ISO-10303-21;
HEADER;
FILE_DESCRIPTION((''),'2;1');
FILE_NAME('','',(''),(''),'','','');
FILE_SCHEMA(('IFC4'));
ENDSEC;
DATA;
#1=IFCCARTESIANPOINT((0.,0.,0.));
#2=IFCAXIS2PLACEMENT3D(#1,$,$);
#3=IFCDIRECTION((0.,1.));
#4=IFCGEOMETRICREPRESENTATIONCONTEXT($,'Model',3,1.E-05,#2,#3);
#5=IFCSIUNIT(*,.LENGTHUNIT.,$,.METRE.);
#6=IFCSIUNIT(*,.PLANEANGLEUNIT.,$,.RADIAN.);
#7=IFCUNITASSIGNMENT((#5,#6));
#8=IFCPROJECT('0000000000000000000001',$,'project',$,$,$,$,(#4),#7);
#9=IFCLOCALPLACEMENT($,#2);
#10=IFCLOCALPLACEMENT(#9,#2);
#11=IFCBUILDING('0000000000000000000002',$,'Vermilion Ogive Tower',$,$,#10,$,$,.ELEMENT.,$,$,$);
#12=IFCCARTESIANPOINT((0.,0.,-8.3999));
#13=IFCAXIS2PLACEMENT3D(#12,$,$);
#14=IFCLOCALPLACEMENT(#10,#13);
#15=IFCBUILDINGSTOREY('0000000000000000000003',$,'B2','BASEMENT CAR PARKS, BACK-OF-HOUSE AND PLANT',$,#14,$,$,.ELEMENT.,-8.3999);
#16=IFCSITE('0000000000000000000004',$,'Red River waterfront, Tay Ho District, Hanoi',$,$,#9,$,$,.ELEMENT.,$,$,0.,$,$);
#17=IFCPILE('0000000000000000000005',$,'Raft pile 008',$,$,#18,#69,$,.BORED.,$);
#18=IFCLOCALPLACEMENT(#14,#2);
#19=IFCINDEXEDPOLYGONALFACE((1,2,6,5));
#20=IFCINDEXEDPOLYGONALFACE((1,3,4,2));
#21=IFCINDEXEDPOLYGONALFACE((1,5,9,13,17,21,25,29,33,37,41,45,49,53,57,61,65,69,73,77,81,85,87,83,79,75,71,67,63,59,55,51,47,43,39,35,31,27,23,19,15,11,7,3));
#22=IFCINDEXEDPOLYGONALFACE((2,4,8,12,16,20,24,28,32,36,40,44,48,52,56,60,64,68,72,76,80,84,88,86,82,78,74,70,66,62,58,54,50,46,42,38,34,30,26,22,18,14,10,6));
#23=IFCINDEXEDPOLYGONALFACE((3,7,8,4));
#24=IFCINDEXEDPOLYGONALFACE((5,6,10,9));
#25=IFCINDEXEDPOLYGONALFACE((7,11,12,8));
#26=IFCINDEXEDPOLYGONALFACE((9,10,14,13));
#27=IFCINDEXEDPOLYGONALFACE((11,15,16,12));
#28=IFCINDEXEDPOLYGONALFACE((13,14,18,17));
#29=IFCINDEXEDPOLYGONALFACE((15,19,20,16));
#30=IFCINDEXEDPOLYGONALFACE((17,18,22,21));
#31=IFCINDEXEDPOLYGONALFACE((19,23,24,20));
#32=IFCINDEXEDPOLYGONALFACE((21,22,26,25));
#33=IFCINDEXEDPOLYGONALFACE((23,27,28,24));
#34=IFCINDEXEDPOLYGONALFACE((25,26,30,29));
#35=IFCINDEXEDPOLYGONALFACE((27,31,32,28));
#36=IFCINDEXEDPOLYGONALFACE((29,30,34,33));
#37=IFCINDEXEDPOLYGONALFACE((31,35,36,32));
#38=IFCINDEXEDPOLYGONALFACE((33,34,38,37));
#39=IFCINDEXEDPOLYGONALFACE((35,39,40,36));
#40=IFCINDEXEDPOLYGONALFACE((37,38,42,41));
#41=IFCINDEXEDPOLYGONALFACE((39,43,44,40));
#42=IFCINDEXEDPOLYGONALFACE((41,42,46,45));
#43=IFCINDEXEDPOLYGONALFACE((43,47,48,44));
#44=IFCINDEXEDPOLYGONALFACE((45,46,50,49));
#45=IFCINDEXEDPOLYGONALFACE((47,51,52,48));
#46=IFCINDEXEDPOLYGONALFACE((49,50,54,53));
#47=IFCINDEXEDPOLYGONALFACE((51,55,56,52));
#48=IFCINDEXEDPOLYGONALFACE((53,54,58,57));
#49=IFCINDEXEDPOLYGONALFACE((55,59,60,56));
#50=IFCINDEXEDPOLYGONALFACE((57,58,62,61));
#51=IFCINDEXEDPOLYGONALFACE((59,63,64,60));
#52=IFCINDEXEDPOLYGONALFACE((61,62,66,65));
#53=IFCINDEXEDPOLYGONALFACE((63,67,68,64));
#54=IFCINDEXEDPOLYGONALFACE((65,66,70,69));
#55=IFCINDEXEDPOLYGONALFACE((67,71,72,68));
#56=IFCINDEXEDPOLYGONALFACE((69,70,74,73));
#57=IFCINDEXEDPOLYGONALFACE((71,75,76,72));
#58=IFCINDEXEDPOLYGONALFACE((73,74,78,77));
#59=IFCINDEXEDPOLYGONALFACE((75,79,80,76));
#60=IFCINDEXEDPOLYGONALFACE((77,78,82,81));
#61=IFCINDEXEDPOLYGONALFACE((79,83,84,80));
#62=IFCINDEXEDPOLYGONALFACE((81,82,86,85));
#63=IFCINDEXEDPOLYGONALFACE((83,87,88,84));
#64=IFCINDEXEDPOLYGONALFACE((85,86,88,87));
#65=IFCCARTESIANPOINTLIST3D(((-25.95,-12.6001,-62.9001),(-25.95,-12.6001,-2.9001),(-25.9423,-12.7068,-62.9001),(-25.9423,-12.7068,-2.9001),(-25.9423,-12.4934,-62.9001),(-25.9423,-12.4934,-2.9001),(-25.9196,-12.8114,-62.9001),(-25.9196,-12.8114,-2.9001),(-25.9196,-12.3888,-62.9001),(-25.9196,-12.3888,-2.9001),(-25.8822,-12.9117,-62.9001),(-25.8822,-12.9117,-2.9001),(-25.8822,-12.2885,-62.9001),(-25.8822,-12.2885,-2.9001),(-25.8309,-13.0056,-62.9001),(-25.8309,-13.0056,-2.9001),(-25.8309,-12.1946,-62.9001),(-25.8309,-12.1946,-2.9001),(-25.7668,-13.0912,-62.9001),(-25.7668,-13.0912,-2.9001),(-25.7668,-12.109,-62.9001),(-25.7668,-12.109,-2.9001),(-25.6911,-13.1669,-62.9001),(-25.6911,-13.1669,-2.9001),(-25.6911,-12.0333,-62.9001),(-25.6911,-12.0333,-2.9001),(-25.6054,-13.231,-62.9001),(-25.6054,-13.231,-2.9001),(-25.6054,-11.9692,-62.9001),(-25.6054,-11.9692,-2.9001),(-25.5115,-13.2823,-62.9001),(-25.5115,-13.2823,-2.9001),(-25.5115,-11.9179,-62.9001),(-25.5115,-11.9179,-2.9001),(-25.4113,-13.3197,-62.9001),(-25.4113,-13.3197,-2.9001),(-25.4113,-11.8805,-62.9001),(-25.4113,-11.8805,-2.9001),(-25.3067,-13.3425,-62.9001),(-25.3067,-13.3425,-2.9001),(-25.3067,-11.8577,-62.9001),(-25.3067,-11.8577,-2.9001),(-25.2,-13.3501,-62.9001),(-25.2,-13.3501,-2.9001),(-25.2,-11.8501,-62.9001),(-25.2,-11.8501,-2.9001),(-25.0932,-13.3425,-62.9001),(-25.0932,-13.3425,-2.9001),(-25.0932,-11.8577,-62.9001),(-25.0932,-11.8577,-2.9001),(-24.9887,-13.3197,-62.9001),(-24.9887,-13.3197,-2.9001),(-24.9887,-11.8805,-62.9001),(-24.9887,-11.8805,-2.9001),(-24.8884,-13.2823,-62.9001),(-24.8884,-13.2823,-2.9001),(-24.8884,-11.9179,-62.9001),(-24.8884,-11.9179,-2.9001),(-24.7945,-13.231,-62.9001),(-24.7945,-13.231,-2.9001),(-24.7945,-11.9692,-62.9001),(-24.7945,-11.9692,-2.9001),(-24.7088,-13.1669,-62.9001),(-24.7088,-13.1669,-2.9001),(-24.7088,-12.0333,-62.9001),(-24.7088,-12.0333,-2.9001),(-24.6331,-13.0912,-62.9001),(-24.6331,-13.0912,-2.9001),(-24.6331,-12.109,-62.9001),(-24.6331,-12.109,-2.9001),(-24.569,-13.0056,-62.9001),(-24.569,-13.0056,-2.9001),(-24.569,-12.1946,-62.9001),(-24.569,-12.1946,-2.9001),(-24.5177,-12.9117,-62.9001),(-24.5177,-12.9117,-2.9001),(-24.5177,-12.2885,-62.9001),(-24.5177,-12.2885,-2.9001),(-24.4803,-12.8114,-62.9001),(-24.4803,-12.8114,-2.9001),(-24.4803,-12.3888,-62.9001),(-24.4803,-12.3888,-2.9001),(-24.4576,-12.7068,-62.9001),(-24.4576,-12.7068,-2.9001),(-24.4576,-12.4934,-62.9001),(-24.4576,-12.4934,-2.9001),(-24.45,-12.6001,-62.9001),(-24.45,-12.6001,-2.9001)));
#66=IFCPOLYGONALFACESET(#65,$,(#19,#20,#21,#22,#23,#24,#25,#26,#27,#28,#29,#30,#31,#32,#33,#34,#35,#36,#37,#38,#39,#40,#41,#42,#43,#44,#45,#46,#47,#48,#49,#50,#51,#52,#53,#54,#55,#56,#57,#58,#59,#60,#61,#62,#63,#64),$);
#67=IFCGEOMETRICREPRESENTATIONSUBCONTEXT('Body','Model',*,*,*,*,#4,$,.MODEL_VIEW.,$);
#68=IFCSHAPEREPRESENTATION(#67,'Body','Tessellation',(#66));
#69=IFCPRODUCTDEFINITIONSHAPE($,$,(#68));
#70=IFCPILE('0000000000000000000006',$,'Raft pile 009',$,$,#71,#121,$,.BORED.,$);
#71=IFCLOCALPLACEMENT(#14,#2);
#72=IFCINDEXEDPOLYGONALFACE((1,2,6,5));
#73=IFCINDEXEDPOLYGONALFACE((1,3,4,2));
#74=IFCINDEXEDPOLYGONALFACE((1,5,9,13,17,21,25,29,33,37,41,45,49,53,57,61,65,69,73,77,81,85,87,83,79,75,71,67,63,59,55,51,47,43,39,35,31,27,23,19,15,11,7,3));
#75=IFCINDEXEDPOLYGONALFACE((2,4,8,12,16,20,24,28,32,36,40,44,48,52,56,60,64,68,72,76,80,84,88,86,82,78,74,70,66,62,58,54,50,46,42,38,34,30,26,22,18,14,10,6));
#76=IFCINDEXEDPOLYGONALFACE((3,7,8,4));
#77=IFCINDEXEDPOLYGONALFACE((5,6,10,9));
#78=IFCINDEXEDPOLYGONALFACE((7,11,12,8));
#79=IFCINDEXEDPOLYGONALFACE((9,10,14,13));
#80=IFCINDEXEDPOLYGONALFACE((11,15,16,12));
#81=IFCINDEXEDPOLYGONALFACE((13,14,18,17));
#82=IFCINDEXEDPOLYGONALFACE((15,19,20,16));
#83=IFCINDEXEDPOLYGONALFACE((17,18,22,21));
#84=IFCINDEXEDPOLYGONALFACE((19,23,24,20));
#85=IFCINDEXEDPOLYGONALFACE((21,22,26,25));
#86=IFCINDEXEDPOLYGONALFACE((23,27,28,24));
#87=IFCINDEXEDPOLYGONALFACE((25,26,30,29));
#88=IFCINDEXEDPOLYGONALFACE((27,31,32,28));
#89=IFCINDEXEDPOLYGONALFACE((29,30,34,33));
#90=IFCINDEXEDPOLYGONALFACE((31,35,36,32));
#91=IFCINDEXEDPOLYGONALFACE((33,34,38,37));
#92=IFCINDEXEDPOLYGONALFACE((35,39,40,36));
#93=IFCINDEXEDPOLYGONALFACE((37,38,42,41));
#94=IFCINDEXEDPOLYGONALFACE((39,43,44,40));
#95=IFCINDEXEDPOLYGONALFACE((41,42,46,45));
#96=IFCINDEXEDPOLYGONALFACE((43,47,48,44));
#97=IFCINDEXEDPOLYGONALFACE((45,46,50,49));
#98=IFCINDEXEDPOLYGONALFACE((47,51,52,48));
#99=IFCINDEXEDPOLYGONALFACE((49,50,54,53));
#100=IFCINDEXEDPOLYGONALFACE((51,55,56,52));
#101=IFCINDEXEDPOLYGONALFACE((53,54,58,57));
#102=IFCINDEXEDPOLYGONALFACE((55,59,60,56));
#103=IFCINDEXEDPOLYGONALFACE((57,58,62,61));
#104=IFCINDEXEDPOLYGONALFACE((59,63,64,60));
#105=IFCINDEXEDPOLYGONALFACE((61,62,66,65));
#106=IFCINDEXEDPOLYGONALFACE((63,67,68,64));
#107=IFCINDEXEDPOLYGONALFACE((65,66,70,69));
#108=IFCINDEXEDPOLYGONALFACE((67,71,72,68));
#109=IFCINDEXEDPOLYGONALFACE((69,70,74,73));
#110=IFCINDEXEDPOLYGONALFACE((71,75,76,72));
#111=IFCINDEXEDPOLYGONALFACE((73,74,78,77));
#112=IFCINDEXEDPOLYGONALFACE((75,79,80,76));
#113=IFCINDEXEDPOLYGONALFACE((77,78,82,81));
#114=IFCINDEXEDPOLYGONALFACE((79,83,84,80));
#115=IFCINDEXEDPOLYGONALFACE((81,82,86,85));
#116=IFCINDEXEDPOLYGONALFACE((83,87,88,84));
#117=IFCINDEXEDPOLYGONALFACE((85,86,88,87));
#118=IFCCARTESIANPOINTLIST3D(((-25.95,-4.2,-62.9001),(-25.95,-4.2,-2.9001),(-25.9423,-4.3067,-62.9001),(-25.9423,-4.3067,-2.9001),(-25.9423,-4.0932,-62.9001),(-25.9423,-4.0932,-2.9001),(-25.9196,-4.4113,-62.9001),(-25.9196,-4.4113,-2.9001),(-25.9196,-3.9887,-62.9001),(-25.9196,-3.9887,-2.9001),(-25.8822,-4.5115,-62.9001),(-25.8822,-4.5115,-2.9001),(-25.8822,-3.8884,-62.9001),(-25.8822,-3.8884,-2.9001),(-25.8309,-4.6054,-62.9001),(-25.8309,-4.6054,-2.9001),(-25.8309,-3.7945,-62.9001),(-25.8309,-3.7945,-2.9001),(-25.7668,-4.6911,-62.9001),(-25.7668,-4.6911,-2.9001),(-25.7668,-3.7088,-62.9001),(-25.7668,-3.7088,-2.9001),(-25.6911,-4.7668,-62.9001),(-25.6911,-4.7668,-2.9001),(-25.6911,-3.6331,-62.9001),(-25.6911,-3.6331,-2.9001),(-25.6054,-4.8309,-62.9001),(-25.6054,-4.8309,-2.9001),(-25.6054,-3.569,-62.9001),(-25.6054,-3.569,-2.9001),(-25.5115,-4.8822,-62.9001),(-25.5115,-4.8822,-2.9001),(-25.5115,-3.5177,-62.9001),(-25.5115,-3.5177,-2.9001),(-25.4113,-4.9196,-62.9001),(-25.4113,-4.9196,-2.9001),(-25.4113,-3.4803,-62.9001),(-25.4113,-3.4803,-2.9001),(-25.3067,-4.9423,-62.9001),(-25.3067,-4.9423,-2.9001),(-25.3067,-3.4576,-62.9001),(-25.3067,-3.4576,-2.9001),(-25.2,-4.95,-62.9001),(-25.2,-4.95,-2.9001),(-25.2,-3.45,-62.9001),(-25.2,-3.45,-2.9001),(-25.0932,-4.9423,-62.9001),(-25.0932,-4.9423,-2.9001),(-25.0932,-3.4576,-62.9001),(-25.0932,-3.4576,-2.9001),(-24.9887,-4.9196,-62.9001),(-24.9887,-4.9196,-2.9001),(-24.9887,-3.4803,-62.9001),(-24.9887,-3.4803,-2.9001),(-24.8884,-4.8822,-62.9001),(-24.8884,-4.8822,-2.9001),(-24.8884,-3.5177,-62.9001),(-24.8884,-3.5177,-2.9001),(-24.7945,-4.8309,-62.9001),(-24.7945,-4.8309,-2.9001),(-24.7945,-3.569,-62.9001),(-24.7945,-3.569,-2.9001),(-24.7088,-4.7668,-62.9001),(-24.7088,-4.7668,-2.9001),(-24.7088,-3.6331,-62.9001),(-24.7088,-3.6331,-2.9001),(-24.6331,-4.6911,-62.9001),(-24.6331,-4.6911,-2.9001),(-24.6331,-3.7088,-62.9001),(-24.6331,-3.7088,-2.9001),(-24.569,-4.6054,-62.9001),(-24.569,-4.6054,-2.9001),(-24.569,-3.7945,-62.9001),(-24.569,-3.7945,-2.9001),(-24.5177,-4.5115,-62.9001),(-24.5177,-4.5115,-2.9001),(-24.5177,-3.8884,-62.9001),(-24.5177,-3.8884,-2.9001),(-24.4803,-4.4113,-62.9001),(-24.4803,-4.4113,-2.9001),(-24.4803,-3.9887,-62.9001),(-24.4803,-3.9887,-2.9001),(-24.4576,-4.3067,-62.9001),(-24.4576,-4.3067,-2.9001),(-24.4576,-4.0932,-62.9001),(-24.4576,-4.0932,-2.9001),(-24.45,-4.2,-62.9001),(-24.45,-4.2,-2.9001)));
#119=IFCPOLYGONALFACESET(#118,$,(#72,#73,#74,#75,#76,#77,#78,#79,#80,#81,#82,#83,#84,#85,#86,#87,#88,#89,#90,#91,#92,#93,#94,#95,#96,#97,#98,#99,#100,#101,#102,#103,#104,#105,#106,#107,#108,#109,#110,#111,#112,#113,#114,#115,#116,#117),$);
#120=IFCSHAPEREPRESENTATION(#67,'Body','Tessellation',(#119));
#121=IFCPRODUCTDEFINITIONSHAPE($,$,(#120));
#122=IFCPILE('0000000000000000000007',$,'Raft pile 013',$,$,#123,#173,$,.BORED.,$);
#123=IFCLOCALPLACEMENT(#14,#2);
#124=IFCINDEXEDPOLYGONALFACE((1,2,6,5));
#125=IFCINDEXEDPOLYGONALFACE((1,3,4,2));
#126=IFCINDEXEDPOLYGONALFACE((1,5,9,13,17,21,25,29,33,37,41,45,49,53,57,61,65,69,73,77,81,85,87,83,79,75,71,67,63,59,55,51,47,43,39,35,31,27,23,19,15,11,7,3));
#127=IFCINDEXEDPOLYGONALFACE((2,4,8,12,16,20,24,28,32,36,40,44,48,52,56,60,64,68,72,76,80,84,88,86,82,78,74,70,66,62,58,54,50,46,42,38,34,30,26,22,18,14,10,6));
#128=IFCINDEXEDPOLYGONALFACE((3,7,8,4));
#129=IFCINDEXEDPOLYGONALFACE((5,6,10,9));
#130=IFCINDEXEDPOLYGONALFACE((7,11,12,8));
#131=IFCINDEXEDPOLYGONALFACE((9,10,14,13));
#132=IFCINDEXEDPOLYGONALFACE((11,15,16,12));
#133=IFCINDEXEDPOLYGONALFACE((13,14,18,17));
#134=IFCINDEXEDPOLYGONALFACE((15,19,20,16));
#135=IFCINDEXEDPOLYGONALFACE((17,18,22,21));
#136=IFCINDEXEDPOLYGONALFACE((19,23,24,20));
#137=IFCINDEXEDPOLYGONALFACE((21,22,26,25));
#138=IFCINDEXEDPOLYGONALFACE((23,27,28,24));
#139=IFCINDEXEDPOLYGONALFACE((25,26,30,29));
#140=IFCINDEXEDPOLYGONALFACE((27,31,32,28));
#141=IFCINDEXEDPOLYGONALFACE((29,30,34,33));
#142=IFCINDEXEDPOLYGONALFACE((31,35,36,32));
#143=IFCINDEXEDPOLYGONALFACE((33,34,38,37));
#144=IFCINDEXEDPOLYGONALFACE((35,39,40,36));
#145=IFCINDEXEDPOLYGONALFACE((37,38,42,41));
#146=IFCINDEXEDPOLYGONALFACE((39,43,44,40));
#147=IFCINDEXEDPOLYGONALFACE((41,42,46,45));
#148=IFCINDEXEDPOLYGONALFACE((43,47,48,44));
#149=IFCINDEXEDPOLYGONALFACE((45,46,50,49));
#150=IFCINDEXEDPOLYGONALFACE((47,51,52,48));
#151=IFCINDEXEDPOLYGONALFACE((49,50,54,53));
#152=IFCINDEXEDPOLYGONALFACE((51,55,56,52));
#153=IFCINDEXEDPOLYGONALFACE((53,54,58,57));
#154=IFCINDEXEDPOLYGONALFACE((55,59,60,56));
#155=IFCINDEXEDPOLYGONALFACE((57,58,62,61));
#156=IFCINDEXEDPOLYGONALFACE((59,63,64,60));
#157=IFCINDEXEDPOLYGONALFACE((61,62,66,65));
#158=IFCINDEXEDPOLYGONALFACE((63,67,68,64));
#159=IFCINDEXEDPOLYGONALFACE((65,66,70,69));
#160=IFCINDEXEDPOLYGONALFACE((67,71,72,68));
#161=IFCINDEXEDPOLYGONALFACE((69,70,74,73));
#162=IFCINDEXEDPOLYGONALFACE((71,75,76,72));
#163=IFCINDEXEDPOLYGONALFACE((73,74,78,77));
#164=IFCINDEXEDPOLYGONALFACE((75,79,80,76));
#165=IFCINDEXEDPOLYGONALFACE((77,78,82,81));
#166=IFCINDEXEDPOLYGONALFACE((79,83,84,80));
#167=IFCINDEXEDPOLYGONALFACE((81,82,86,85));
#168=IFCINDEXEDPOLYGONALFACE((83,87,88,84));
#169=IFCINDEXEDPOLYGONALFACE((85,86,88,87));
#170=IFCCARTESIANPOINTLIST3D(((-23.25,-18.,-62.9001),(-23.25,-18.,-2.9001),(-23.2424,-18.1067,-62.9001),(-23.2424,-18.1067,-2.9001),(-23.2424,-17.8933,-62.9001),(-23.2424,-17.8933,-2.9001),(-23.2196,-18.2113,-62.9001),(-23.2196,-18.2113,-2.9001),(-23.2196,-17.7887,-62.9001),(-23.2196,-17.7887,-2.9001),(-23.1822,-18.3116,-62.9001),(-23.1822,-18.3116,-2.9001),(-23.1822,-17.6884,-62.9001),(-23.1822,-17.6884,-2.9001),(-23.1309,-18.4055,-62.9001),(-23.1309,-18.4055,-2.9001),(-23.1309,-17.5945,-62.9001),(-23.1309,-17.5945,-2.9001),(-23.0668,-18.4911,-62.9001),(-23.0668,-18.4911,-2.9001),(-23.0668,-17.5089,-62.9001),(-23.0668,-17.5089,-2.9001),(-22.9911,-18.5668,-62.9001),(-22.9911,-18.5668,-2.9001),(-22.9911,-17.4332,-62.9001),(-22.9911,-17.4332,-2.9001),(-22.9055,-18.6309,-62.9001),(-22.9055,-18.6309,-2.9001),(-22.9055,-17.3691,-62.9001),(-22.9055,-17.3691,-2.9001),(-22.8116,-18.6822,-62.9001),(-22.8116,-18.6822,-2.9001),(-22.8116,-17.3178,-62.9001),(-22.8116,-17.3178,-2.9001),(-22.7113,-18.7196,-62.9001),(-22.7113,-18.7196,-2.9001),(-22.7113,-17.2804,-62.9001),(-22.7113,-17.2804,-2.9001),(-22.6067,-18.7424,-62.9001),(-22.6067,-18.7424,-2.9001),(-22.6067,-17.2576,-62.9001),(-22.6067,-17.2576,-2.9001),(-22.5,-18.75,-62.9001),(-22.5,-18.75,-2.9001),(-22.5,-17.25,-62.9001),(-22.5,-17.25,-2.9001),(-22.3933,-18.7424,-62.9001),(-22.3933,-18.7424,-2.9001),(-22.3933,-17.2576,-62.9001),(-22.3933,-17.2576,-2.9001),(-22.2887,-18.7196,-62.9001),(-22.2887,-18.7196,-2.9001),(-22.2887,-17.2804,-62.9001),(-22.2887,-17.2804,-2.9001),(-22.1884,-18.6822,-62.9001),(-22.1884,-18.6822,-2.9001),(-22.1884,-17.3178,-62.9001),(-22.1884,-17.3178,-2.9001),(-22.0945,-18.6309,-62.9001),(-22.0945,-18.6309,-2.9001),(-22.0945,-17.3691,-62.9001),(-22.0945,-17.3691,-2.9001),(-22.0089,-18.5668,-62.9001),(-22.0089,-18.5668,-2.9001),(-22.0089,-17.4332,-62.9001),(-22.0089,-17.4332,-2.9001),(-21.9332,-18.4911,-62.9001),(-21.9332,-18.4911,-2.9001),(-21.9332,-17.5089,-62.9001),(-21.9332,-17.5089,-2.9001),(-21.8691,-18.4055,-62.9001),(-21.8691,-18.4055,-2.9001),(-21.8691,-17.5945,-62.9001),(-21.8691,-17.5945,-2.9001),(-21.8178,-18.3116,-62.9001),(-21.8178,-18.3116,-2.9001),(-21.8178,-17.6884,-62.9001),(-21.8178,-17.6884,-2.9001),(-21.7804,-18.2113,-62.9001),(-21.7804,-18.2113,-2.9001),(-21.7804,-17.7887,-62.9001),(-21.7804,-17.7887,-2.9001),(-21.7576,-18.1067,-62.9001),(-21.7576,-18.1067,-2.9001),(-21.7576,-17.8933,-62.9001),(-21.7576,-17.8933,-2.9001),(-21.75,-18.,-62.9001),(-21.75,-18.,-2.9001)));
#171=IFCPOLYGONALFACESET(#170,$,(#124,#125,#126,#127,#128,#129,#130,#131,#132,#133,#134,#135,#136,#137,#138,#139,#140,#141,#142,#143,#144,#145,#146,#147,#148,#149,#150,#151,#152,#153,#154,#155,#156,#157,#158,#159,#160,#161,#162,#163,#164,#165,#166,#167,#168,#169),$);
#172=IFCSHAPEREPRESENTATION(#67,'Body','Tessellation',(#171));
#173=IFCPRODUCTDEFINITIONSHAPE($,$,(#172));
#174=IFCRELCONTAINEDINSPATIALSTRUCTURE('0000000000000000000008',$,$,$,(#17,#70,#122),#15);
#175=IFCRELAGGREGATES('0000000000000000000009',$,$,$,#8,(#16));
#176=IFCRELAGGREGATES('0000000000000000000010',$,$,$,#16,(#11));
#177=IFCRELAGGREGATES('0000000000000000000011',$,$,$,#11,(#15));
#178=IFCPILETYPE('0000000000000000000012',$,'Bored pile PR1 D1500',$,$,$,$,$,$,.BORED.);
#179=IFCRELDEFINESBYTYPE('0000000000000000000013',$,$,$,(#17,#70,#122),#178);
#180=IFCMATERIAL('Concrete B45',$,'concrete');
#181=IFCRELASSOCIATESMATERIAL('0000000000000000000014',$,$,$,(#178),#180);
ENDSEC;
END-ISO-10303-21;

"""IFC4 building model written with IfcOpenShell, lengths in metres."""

from ifc_helpers import new_model, si_unit, direction, frame, origin, origin_2d, place, context, subcontext, project, spatial, circle, extrude, material, type_object, element, save


model = new_model("IFC4")

# Units and contexts
model_context = context("Model", 3, precision=1e-05, world=origin(), true_north=direction((0.0, 1.0)))
body_context = subcontext(model_context, "Body", "Model", "MODEL_VIEW")
ifc_project = project(units=[si_unit("LENGTHUNIT", "METRE"), si_unit("PLANEANGLEUNIT", "RADIAN")], contexts=[model_context])

# Site, building, storey
site_placement = place(None, origin())
site = spatial("IfcSite", under=ifc_project, at=site_placement, Name="Red River waterfront, Tay Ho District, Hanoi", CompositionType="ELEMENT", RefElevation=0.0)
building_placement = place(site_placement, origin())
building = spatial("IfcBuilding", under=site, at=building_placement, Name="Vermilion Ogive Tower", CompositionType="ELEMENT")
storey_placement = place(building_placement, frame((0.0, 0.0, -8.3999)))
storey = spatial("IfcBuildingStorey", under=building, at=storey_placement, Name="B2", Description="BASEMENT CAR PARKS, BACK-OF-HOUSE AND PLANT", CompositionType="ELEMENT", Elevation=-8.3999)

# Piles
ifc_material_1 = material(Name="Concrete B45", Category="concrete")
pile_type_1 = type_object("IfcPileType", Name="Bored pile PR1 D1500", PredefinedType="BORED", material=ifc_material_1)
for number, where, z_axis, x_axis, name in (
    (1, (-25.2, -12.6001, -2.9001), (0.0, 0.0, -1.0), (1.0, 0.0, 0.0), "Raft pile 008"),
    (2, (-25.2, -4.2, -2.9001), (0.0, 0.0, -1.0), (1.0, 0.0, 0.0), "Raft pile 009"),
    (3, (-22.5, -18.0, -2.9001), (0.0, 0.0, -1.0), (1.0, 0.0, 0.0), "Raft pile 013"),
):
    element("IfcPile", number, at=place(storey_placement, frame(where, z_axis=z_axis, x_axis=x_axis)), inside=storey, type_object=pile_type_1, Name=name, PredefinedType="BORED", context=body_context, shape_type="SweptSolid", body=[
        extrude(circle(Radius=0.75, at=origin_2d()), origin(), (0.0, 0.0, 1.0), 60.0),
    ])

save(model, "model.ifc")
